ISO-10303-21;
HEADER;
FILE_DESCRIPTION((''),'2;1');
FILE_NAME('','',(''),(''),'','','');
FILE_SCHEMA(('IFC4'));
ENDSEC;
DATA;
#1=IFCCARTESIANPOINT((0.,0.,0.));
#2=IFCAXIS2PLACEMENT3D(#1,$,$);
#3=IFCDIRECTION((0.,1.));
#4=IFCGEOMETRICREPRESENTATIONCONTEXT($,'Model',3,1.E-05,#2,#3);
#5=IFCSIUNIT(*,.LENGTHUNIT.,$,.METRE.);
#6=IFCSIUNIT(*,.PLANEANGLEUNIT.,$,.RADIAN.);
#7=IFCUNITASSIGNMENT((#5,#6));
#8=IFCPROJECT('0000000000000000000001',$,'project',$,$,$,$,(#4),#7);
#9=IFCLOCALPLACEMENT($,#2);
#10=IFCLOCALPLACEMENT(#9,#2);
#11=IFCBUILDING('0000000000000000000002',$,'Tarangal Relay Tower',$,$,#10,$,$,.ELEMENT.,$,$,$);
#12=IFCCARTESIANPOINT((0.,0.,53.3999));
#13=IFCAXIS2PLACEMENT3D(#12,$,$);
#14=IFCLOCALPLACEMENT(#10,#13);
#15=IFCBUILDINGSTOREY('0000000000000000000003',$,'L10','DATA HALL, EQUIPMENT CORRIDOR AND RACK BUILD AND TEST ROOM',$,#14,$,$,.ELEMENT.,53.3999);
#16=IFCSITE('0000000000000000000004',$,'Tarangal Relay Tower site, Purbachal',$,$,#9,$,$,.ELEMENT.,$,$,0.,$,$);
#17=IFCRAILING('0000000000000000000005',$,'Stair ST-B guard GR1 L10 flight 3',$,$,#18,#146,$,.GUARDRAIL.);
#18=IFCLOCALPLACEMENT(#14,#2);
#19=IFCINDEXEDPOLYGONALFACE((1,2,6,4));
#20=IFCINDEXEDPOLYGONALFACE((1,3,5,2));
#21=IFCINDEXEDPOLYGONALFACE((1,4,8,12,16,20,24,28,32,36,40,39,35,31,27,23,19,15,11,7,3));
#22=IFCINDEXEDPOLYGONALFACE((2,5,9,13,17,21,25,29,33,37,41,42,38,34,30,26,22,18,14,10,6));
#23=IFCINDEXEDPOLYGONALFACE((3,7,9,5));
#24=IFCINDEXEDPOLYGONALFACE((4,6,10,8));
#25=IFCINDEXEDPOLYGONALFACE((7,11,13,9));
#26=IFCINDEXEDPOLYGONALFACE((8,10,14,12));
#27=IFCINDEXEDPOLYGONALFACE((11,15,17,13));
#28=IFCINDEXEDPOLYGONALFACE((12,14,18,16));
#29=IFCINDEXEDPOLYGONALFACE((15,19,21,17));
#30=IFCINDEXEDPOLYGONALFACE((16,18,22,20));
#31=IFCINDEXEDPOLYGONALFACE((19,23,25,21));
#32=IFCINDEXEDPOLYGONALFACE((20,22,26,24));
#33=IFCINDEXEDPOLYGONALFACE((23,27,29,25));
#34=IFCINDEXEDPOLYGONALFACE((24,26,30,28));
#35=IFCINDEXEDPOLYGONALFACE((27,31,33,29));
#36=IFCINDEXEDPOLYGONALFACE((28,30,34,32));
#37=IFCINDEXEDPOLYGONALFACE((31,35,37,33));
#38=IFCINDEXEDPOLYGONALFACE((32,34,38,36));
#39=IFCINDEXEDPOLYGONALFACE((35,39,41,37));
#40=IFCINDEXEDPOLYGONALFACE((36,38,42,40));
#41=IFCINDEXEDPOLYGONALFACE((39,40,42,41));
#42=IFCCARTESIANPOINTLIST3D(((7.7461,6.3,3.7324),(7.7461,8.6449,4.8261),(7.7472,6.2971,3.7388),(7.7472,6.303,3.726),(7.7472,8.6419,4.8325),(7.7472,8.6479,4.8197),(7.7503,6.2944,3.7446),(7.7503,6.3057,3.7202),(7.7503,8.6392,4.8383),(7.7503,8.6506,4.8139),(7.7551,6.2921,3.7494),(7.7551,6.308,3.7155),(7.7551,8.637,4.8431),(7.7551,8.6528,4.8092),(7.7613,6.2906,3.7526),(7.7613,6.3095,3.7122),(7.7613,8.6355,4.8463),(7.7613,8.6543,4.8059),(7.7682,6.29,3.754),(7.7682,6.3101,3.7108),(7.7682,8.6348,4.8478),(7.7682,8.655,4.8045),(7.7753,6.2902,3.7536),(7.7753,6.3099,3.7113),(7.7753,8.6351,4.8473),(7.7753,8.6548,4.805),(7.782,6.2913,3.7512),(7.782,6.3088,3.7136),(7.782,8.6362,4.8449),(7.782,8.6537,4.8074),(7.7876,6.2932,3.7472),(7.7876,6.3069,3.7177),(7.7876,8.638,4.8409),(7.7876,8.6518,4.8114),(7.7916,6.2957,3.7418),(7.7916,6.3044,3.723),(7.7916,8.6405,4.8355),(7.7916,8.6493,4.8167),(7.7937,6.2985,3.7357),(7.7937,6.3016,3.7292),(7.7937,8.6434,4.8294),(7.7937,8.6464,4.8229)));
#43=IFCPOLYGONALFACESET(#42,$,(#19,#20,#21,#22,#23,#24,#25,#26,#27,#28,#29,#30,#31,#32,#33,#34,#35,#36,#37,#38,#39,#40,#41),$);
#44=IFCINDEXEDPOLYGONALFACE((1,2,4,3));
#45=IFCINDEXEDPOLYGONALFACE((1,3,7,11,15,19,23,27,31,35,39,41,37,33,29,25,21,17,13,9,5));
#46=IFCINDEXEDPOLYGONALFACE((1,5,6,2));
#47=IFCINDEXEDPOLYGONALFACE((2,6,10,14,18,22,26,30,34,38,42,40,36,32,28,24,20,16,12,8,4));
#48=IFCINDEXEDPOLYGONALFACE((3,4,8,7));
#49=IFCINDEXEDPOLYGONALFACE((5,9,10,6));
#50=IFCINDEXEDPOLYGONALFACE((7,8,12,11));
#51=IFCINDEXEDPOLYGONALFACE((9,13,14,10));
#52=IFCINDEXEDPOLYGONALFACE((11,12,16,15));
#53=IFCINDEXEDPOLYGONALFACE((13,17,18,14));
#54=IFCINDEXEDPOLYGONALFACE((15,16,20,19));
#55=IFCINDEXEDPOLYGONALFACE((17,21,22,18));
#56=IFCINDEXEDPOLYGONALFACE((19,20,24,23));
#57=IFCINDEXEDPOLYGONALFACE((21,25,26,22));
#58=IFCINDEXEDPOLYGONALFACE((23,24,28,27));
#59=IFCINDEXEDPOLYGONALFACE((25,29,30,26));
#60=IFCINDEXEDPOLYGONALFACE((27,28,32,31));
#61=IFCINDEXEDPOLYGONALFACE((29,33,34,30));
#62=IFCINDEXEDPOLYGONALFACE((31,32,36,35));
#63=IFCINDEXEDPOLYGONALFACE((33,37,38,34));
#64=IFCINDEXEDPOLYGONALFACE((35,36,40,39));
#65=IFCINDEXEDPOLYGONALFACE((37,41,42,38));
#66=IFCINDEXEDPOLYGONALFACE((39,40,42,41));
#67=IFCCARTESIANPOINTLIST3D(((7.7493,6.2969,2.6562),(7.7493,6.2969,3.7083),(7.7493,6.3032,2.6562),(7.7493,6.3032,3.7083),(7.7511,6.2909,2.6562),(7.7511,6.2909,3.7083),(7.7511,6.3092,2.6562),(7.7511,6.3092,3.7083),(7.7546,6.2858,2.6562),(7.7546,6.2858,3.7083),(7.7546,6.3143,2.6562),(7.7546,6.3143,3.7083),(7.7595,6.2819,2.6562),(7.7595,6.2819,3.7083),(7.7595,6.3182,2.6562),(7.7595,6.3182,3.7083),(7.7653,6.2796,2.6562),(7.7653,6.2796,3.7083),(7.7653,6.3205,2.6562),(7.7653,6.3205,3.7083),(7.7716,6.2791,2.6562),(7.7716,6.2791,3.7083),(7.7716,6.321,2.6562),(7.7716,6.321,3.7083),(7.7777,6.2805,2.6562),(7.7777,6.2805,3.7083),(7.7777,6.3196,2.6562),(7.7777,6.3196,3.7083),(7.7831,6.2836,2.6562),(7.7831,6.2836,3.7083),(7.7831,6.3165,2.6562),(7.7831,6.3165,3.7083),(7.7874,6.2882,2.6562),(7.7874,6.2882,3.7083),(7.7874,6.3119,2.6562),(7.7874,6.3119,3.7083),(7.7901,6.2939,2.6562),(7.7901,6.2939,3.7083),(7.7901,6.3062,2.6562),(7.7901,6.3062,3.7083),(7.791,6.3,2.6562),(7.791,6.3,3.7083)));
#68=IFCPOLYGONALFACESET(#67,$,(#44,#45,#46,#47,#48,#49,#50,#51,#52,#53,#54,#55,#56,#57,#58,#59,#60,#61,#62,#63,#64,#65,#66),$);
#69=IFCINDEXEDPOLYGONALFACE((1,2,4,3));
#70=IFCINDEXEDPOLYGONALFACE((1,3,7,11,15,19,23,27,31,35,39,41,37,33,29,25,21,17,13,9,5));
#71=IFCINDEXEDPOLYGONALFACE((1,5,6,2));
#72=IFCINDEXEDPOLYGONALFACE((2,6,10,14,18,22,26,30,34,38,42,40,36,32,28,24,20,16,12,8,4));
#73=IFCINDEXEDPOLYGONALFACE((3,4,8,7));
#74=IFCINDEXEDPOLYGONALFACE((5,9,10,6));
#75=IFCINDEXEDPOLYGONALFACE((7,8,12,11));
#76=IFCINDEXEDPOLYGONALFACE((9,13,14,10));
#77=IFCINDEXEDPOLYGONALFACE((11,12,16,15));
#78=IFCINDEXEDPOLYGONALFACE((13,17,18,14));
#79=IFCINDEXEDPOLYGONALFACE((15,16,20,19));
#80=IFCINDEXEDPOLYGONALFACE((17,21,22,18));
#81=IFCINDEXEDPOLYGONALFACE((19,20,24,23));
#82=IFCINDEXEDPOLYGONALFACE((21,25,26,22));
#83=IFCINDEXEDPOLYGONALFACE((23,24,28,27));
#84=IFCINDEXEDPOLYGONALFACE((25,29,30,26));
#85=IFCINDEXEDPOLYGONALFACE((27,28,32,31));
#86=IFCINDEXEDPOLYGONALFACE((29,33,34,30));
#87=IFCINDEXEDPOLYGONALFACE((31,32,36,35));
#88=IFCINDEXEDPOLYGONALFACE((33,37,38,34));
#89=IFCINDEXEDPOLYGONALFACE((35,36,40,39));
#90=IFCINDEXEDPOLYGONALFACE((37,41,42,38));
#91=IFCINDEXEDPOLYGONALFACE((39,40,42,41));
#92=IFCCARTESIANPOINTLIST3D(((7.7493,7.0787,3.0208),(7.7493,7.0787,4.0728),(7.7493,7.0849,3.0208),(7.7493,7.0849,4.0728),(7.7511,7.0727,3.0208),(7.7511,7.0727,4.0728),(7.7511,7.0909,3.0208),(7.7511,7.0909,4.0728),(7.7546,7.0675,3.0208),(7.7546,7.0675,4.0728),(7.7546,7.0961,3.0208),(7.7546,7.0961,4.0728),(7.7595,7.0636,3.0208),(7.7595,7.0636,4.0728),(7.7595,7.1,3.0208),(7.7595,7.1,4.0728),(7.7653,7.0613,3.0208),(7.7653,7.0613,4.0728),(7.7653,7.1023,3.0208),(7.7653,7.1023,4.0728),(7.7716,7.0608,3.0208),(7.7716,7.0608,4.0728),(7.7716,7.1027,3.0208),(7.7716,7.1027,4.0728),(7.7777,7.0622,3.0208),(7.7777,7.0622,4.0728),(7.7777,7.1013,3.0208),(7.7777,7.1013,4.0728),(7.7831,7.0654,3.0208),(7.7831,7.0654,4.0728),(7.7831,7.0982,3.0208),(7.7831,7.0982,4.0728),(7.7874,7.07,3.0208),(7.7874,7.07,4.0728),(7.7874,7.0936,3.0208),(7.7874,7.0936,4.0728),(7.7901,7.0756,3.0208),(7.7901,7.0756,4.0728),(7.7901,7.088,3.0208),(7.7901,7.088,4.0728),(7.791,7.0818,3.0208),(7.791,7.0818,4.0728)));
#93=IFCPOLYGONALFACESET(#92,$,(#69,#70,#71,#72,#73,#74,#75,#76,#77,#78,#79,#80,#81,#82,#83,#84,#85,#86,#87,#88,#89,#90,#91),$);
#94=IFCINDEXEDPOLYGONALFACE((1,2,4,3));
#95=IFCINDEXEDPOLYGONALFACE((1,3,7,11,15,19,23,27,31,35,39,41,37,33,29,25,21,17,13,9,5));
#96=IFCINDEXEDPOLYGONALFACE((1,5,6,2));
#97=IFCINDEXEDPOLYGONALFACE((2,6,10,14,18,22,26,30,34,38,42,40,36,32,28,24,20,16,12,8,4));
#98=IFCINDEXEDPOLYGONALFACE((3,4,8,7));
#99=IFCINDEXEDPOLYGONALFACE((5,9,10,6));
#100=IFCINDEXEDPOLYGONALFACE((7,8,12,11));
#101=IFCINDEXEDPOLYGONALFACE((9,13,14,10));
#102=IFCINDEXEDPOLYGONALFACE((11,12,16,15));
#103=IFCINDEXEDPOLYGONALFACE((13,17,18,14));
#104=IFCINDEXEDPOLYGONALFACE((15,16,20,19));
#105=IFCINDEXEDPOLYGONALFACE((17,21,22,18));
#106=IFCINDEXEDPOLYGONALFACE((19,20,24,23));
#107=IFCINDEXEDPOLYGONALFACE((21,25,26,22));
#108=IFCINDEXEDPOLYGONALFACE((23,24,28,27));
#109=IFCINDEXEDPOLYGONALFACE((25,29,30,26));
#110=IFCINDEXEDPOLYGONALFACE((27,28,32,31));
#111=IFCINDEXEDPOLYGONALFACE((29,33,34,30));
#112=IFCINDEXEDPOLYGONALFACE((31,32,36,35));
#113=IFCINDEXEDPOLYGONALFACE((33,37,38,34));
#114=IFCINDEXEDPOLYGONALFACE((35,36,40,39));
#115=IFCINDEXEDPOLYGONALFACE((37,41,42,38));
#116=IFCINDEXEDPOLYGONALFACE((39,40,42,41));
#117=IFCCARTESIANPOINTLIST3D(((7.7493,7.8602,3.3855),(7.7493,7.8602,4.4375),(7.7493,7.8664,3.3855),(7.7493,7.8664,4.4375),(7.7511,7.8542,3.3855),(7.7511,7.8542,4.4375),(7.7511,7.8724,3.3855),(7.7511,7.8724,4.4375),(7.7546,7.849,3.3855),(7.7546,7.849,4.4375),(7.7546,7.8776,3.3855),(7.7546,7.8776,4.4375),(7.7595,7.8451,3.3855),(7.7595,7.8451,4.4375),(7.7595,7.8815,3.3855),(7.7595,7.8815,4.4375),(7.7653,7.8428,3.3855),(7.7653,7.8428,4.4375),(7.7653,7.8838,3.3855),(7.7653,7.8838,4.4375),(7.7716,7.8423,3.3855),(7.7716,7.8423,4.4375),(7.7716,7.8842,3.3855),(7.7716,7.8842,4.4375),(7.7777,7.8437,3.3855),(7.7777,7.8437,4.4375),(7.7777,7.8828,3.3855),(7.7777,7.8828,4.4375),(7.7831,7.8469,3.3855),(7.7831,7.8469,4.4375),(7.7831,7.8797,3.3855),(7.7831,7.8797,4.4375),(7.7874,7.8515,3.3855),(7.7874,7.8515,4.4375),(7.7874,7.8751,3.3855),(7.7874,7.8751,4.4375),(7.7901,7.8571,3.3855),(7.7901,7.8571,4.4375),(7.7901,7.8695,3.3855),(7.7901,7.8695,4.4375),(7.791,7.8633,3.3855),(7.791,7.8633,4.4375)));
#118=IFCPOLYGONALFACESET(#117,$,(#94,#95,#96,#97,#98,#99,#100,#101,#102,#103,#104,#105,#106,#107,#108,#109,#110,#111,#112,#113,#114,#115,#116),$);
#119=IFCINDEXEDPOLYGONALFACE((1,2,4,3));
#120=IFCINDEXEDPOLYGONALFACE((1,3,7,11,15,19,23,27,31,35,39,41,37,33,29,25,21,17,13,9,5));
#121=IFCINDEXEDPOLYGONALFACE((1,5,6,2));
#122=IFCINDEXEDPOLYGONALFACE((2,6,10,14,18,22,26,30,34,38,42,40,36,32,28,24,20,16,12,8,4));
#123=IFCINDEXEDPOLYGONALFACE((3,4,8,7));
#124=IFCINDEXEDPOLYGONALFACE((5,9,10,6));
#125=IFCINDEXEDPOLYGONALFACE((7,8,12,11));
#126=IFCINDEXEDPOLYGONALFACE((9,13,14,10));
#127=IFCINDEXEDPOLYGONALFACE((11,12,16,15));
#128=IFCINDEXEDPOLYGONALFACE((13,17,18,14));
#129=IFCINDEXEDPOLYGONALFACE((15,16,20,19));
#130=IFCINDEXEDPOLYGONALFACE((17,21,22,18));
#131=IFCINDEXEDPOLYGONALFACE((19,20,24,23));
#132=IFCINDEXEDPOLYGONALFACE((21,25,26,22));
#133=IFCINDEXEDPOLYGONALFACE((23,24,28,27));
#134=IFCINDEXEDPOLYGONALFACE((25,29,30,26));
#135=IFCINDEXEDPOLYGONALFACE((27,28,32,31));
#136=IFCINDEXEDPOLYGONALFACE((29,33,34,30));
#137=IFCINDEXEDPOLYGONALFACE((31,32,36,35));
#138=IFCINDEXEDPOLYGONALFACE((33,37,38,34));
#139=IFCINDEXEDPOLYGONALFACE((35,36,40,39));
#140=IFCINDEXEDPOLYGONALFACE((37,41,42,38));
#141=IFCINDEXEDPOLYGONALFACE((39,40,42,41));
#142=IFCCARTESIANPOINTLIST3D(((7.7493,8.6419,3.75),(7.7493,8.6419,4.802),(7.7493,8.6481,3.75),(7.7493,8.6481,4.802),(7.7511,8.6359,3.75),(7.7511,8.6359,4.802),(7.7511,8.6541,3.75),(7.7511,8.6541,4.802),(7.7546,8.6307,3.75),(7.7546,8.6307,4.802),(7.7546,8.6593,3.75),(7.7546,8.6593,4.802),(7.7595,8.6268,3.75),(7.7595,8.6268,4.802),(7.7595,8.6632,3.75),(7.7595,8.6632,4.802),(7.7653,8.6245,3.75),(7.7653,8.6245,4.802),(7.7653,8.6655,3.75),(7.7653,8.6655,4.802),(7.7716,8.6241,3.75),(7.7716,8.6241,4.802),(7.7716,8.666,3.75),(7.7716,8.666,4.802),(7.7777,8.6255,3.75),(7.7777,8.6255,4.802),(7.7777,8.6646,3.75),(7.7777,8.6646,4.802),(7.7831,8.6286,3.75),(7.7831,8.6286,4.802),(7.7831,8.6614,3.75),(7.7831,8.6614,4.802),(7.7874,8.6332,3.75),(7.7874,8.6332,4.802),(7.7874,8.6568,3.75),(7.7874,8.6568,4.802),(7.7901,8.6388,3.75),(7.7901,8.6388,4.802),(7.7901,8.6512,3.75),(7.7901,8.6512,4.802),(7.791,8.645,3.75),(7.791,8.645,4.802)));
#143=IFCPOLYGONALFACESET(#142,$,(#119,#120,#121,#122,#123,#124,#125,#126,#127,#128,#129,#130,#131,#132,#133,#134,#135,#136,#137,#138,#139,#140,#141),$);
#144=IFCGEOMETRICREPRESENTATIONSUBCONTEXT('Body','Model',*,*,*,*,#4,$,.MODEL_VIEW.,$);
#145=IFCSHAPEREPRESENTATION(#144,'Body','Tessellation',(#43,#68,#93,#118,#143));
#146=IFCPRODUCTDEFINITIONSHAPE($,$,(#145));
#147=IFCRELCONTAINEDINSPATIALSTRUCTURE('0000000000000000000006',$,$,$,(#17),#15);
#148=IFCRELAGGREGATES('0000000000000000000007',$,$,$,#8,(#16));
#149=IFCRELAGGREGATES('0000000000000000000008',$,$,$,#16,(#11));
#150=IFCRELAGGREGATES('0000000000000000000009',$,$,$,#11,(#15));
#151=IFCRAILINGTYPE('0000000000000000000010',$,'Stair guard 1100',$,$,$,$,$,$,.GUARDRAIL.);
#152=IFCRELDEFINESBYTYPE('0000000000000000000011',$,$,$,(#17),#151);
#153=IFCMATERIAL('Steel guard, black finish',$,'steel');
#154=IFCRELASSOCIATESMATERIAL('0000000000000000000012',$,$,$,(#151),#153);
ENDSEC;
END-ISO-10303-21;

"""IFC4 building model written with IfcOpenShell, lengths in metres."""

from ifc_helpers import new_model, si_unit, direction, frame, origin, origin_2d, place, context, subcontext, project, spatial, circle, extrude, material, type_object, element, save


model = new_model("IFC4")

# Units and contexts
model_context = context("Model", 3, precision=1e-05, world=origin(), true_north=direction((0.0, 1.0)))
body_context = subcontext(model_context, "Body", "Model", "MODEL_VIEW")
ifc_project = project(units=[si_unit("LENGTHUNIT", "METRE"), si_unit("PLANEANGLEUNIT", "RADIAN")], contexts=[model_context])

# Site, building, storey
site_placement = place(None, origin())
site = spatial("IfcSite", under=ifc_project, at=site_placement, Name="Tarangal Relay Tower site, Purbachal", CompositionType="ELEMENT", RefElevation=0.0)
building_placement = place(site_placement, origin())
building = spatial("IfcBuilding", under=site, at=building_placement, Name="Tarangal Relay Tower", CompositionType="ELEMENT")
storey_placement = place(building_placement, frame((0.0, 0.0, 53.3999)))
storey = spatial("IfcBuildingStorey", under=building, at=storey_placement, Name="L10", Description="DATA HALL, EQUIPMENT CORRIDOR AND RACK BUILD AND TEST ROOM", CompositionType="ELEMENT", Elevation=53.3999)

# Railing
ifc_material_1 = material(Name="Steel guard, black finish", Category="steel")
railing_type_1 = type_object("IfcRailingType", Name="Stair guard 1100", PredefinedType="GUARDRAIL", material=ifc_material_1)
railing_1_placement = place(storey_placement, frame((7.77, 6.3, 2.6562)))
element("IfcRailing", 1, at=railing_1_placement, inside=storey, type_object=railing_type_1, Name="Stair ST-B guard GR1 L10 flight 3", PredefinedType="GUARDRAIL", context=body_context, shape_type="SweptSolid", body=[
    extrude(circle(Radius=0.0239, at=origin_2d()), frame((0.0, 0.0, 1.0762), z_axis=(0.0, 0.906267, 0.422705), x_axis=(-1.0, 0.0, 0.0)), (0.0, 0.0, 1.0), 2.5874),
    extrude(circle(Radius=0.021, at=origin_2d()), origin(), (0.0, 0.0, 1.0), 1.052),
    extrude(circle(Radius=0.021, at=origin_2d()), frame((0.0, 0.7817, 0.3645)), (0.0, 0.0, 1.0), 1.052),
    extrude(circle(Radius=0.021, at=origin_2d()), frame((0.0, 1.5632, 0.7292)), (0.0, 0.0, 1.0), 1.052),
    extrude(circle(Radius=0.021, at=origin_2d()), frame((0.0, 2.345, 1.0938)), (0.0, 0.0, 1.0), 1.052),
])

save(model, "model.ifc")
